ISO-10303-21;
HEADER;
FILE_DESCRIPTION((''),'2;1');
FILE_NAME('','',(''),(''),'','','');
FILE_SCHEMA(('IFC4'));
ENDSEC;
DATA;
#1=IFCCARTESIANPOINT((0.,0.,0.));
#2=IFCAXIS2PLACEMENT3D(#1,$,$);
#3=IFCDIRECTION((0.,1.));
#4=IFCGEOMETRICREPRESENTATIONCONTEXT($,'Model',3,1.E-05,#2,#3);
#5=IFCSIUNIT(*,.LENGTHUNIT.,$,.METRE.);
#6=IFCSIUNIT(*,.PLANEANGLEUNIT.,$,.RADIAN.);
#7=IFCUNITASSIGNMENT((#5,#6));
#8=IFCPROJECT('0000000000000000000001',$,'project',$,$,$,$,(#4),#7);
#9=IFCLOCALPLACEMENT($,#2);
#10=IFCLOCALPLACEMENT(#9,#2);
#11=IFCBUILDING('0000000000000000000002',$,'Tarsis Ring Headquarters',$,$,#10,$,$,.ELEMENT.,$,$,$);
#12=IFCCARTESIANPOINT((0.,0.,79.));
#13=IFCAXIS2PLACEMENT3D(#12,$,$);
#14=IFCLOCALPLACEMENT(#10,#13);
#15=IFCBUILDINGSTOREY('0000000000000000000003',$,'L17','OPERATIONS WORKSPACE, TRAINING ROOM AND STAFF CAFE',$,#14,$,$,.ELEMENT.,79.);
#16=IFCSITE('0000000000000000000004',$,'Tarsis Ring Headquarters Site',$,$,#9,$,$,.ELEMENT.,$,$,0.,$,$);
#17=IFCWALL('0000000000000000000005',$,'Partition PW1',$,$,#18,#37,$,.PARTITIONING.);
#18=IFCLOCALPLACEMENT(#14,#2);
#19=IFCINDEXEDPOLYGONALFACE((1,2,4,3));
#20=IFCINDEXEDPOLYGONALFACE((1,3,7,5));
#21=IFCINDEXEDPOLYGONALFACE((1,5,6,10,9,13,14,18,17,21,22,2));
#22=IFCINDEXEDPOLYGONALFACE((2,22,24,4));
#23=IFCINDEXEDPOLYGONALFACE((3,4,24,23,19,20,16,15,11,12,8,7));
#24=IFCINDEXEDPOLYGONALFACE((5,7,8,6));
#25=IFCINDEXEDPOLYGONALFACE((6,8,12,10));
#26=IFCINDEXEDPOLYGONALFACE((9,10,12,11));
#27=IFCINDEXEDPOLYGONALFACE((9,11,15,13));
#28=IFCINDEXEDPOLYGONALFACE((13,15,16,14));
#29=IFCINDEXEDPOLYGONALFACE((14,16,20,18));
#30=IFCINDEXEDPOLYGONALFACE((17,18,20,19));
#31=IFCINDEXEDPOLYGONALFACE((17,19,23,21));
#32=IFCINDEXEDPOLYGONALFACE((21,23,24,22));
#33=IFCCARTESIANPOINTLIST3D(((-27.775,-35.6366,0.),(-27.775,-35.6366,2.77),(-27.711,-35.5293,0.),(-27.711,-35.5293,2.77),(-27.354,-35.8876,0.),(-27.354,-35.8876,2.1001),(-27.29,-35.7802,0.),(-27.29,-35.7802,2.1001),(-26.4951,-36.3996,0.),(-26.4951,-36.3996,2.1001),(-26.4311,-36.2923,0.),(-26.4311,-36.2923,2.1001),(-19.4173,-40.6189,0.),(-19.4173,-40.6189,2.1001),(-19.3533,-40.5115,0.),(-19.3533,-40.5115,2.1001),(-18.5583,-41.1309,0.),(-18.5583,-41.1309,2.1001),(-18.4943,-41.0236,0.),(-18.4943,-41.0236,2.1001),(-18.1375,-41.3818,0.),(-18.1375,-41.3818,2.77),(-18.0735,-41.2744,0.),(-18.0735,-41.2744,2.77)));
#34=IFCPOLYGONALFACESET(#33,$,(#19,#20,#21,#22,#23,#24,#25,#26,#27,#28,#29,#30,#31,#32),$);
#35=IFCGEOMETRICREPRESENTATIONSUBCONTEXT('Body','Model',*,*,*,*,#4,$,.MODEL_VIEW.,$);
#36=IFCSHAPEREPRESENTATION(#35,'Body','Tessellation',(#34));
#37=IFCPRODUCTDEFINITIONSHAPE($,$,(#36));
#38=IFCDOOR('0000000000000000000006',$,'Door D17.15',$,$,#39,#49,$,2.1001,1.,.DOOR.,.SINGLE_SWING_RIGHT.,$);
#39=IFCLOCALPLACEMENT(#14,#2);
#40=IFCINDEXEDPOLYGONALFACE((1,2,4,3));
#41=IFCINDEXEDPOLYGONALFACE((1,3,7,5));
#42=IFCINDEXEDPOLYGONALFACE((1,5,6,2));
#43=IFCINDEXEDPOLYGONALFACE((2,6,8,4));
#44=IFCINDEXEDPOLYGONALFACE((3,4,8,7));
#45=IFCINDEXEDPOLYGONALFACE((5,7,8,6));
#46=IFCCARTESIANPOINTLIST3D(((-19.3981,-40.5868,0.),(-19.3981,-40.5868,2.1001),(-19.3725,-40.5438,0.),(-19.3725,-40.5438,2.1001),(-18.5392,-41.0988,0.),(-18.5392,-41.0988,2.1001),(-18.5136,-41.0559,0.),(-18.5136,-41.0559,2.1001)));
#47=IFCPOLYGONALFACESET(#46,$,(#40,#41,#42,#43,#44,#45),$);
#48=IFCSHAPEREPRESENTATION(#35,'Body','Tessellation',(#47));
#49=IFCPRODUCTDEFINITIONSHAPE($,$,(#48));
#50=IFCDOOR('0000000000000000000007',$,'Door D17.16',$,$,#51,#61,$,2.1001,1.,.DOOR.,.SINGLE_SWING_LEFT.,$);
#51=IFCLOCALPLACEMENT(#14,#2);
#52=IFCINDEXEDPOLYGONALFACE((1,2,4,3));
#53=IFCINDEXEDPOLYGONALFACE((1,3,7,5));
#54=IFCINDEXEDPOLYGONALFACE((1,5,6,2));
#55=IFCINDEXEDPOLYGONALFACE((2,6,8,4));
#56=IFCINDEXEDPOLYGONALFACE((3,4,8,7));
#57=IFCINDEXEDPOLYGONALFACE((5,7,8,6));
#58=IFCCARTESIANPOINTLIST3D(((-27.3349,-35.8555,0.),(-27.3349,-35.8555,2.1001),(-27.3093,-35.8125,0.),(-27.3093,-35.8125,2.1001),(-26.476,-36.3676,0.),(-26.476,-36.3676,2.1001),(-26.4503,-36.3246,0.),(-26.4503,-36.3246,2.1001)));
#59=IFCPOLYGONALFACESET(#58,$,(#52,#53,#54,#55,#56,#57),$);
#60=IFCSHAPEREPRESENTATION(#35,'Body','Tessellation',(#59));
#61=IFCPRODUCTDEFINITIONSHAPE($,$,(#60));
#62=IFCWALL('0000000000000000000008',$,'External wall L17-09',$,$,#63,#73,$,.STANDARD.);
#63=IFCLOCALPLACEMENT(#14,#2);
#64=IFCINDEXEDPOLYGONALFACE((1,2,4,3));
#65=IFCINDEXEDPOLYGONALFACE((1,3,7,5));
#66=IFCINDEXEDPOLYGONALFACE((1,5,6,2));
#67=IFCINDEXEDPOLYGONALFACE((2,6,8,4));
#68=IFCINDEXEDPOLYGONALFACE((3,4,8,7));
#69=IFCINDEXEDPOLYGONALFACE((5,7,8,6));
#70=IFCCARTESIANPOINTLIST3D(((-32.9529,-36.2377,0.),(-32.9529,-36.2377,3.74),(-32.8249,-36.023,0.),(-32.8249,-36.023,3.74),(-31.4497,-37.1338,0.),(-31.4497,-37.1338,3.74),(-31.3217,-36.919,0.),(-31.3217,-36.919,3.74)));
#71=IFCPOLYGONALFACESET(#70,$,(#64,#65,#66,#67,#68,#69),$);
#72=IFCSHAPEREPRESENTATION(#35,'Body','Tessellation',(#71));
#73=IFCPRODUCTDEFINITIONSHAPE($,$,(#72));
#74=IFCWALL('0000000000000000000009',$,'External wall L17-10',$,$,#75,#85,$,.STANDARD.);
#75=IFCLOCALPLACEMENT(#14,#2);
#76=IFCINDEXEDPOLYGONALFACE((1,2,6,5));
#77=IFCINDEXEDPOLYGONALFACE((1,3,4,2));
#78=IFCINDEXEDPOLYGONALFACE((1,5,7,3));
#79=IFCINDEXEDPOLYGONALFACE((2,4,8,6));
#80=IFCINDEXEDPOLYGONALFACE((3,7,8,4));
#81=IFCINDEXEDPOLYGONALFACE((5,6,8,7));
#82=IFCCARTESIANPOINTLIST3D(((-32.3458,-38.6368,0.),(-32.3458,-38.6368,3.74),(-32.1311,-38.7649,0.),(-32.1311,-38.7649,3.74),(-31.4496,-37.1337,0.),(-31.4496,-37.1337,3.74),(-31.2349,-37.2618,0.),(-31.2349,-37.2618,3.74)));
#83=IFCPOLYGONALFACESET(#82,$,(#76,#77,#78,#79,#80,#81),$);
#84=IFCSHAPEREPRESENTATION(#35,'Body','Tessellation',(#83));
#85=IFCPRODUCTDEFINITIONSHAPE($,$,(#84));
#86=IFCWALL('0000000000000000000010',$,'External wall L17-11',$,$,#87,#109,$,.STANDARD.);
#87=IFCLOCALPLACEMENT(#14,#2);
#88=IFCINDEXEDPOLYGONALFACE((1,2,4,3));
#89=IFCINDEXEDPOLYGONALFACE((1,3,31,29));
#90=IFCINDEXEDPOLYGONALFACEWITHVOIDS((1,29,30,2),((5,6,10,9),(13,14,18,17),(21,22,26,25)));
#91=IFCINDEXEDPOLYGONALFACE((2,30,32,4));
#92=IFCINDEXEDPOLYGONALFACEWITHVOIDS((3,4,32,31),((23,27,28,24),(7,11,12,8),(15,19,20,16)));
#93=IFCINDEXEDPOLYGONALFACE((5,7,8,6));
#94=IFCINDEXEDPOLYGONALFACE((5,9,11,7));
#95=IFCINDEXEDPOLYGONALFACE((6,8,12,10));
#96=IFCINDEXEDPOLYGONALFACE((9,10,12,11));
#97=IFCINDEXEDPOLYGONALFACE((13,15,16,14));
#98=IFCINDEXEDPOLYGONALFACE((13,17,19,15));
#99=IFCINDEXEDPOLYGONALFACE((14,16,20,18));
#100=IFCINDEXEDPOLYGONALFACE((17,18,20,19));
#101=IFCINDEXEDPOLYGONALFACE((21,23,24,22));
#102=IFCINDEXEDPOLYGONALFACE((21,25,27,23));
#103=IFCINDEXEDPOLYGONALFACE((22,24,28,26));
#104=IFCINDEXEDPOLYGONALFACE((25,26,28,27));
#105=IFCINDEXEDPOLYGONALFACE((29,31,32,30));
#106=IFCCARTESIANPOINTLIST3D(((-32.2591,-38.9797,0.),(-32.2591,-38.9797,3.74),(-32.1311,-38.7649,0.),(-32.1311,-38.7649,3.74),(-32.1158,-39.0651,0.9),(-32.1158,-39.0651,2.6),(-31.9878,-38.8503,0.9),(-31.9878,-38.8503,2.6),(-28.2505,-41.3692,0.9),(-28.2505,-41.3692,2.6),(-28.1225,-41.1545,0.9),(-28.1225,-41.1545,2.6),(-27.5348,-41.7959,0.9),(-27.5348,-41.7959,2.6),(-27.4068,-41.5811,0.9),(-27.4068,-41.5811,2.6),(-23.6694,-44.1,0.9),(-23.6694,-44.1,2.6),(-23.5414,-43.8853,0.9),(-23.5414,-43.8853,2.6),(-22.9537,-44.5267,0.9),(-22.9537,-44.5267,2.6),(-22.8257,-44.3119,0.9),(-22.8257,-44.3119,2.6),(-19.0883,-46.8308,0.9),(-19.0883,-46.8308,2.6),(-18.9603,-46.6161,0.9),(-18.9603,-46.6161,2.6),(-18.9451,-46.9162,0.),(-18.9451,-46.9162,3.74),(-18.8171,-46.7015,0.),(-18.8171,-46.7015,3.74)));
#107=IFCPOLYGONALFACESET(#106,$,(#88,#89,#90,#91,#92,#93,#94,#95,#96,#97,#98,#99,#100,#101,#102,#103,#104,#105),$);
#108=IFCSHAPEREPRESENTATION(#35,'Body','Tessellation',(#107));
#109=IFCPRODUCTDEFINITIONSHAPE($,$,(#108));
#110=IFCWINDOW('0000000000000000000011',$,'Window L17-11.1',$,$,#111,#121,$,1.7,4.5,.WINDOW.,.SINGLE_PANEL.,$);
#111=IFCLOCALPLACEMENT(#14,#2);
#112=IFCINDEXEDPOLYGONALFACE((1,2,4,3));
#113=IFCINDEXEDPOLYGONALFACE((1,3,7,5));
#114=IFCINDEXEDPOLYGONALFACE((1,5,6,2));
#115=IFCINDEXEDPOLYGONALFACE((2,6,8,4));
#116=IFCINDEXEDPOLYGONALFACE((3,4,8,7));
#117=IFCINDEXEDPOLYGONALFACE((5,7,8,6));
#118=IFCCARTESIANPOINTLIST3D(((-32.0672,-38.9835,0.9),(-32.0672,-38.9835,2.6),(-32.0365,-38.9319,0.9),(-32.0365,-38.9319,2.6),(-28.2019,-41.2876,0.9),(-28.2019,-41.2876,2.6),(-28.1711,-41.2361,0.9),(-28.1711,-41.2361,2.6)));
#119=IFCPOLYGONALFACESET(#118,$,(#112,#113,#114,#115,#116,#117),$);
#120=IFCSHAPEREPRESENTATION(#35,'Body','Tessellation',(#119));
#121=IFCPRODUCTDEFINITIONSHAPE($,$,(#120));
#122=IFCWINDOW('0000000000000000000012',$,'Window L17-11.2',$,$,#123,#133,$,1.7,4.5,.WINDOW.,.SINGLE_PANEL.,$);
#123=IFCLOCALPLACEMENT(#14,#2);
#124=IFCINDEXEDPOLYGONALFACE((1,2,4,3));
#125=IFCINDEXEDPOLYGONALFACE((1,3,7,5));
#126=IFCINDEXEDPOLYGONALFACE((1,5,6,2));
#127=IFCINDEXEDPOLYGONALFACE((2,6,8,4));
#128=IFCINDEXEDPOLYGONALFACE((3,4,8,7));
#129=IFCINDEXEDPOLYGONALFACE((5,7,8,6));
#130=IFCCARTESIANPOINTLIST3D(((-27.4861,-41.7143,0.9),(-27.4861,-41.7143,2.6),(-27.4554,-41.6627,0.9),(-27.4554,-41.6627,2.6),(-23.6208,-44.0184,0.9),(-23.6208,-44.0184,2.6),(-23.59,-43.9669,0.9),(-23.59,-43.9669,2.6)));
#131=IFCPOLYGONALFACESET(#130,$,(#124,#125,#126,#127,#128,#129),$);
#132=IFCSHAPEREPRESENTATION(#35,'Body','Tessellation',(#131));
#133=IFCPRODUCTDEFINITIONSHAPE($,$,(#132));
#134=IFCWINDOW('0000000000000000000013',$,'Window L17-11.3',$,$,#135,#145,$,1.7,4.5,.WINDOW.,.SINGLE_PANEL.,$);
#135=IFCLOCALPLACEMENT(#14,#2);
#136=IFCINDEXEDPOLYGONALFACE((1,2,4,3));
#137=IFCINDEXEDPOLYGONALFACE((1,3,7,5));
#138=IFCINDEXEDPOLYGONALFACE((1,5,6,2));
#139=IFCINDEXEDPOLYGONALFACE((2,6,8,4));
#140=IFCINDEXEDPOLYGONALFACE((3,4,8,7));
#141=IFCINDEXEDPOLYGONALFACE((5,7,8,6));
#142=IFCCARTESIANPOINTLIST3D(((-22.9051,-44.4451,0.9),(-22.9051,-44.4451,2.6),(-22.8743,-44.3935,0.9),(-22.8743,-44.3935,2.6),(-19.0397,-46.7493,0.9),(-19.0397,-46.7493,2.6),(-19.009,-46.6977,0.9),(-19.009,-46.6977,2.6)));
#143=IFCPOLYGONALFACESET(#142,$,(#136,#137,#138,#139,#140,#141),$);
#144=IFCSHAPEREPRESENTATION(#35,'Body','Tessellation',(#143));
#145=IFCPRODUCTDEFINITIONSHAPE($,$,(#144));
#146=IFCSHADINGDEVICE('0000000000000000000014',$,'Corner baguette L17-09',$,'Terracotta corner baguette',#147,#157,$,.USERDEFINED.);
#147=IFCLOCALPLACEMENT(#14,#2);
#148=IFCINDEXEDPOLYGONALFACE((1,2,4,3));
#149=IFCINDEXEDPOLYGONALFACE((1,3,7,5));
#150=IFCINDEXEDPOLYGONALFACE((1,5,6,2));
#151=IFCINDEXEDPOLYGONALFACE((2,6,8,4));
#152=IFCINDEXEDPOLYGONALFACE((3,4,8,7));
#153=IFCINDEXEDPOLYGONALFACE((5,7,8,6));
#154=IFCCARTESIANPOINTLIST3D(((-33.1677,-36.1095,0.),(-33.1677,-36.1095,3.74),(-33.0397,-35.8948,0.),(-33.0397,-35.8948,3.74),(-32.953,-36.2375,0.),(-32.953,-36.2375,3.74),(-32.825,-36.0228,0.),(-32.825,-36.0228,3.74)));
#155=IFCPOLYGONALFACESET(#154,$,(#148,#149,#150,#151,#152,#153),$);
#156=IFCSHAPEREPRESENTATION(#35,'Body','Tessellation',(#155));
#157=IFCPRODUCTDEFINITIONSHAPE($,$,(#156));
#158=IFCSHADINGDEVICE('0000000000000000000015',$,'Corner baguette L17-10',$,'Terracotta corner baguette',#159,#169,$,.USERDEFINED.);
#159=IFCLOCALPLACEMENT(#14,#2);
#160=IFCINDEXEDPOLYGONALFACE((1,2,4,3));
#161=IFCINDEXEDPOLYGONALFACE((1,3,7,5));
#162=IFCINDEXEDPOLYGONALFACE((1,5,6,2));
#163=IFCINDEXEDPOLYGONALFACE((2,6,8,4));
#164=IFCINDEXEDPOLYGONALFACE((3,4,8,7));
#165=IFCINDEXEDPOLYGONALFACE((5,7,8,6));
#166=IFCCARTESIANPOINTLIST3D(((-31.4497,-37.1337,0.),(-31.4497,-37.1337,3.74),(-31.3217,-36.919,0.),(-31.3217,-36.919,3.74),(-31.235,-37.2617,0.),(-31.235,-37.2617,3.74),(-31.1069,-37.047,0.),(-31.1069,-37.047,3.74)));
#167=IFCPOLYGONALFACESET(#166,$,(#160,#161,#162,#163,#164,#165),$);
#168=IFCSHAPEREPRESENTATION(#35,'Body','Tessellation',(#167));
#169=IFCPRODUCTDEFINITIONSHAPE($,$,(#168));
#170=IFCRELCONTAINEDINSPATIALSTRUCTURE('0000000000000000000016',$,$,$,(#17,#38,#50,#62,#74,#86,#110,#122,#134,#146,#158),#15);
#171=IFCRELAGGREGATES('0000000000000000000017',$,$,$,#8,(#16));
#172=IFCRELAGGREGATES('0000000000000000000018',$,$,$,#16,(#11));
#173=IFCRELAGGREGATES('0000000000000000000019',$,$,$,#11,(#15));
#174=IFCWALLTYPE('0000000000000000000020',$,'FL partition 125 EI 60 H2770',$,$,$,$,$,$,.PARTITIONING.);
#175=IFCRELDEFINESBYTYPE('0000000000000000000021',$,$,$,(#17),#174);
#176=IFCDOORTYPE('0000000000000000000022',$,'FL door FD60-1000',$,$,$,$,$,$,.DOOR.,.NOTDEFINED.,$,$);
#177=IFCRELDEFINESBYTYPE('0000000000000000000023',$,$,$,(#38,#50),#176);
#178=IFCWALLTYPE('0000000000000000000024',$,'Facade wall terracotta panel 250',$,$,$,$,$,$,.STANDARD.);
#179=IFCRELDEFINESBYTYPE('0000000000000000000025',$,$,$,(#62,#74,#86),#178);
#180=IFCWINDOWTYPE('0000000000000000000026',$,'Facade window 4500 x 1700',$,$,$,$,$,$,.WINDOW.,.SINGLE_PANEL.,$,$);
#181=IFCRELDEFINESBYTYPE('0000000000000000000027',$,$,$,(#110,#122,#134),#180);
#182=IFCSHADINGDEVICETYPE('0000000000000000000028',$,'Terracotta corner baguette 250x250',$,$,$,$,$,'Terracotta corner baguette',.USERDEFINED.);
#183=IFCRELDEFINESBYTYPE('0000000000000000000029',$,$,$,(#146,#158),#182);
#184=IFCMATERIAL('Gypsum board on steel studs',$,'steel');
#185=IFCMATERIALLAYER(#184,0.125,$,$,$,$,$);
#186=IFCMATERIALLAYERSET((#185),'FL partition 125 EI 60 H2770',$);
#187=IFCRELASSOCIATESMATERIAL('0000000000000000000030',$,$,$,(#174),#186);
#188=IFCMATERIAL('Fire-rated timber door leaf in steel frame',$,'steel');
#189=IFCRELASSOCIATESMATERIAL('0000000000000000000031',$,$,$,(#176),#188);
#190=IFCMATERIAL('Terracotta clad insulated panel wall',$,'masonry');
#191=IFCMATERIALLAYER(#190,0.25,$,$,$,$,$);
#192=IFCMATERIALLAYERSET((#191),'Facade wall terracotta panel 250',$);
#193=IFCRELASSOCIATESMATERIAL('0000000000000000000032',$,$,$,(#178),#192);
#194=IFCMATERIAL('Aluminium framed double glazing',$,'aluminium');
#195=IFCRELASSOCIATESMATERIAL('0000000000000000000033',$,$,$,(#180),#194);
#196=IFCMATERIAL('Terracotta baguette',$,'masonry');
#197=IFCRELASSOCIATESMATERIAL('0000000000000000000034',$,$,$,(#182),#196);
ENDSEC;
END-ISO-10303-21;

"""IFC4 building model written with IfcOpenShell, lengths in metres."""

from ifc_helpers import new_model, si_unit, direction, frame, frame_2d, origin, origin_2d, place, context, subcontext, project, spatial, rectangle, extrude, material, layer, layer_set, type_object, element, fill, save


model = new_model("IFC4")

# Units and contexts
model_context = context("Model", 3, precision=1e-05, world=origin(), true_north=direction((0.0, 1.0)))
body_context = subcontext(model_context, "Body", "Model", "MODEL_VIEW")
ifc_project = project(units=[si_unit("LENGTHUNIT", "METRE"), si_unit("PLANEANGLEUNIT", "RADIAN")], contexts=[model_context])

# Site, building, storey
site_placement = place(None, origin())
site = spatial("IfcSite", under=ifc_project, at=site_placement, Name="Tarsis Ring Headquarters Site", CompositionType="ELEMENT", RefElevation=0.0)
building_placement = place(site_placement, origin())
building = spatial("IfcBuilding", under=site, at=building_placement, Name="Tarsis Ring Headquarters", CompositionType="ELEMENT")
storey_placement = place(building_placement, frame((0.0, 0.0, 79.0)))
storey = spatial("IfcBuildingStorey", under=building, at=storey_placement, Name="L17", Description="OPERATIONS WORKSPACE, TRAINING ROOM AND STAFF CAFE", CompositionType="ELEMENT", Elevation=79.0)

# Shared definitions
ifc_material_1 = material(Name="Gypsum board on steel studs", Category="steel")

# Shared definitions
ifc_layer_1 = layer(ifc_material_1, 0.125)
ifc_layer_set_1 = layer_set([ifc_layer_1], Name="FL partition 125 EI 60 H2770")
wall_type_1 = type_object("IfcWallType", Name="FL partition 125 EI 60 H2770", PredefinedType="PARTITIONING", material=ifc_layer_set_1)
ifc_material_2 = material(Name="Fire-rated timber door leaf in steel frame", Category="steel")
door_type_1 = type_object("IfcDoorType", Name="FL door FD60-1000", OperationType="NOTDEFINED", PredefinedType="DOOR", material=ifc_material_2)

# Wall, openings, doors
wall_1_placement = place(storey_placement, frame((-27.7429, -35.583, 0.0), z_axis=(0.0, 0.0, 1.0), x_axis=(0.858958, -0.512046, 0.0)))
wall_1 = element("IfcWall", 1, at=wall_1_placement, inside=storey, type_object=wall_type_1, Name="Partition PW1", PredefinedType="PARTITIONING", context=body_context, shape_type="SweptSolid", body=[
    extrude(rectangle(XDim=11.22, YDim=0.125, at=frame_2d((5.6099, 0.0))), origin(), (0.0, 0.0, 1.0), 2.77),
])
opening_1_placement = place(wall_1_placement, frame((9.73, 0.0, 0.0)))
opening_1 = element("IfcOpeningElement", 2, at=opening_1_placement, cuts=wall_1, PredefinedType="OPENING", context=body_context, shape_type="SweptSolid", body=[
    extrude(rectangle(XDim=1.0, YDim=2.1001, at=frame_2d((0.5, 1.05))), frame((0.0, 0.0725, 0.0), z_axis=(0.0, -1.0, 0.0), x_axis=(1.0, 0.0, 0.0)), (0.0, 0.0, 1.0), 0.145),
])
opening_2_placement = place(wall_1_placement, frame((0.49, 0.0, 0.0)))
opening_2 = element("IfcOpeningElement", 3, at=opening_2_placement, cuts=wall_1, PredefinedType="OPENING", context=body_context, shape_type="SweptSolid", body=[
    extrude(rectangle(XDim=1.0, YDim=2.1001, at=frame_2d((0.5, 1.05))), frame((0.0, 0.0725, 0.0), z_axis=(0.0, -1.0, 0.0), x_axis=(1.0, 0.0, 0.0)), (0.0, 0.0, 1.0), 0.145),
])
door_1_placement = place(opening_1_placement, origin())
door_1 = element("IfcDoor", 4, at=door_1_placement, inside=storey, type_object=door_type_1, Name="Door D17.15", OperationType="SINGLE_SWING_RIGHT", OverallHeight=2.1001, OverallWidth=1.0, PredefinedType="DOOR", context=body_context, shape_type="SweptSolid", body=[
    extrude(rectangle(XDim=1.0, YDim=2.1001, at=frame_2d((0.5, 1.05))), frame((0.0, 0.0249, 0.0), z_axis=(0.0, -1.0, 0.0), x_axis=(1.0, 0.0, 0.0)), (0.0, 0.0, 1.0), 0.05),
])
fill(opening_1, door_1)
door_2_placement = place(opening_2_placement, origin())
door_2 = element("IfcDoor", 5, at=door_2_placement, inside=storey, type_object=door_type_1, Name="Door D17.16", OperationType="SINGLE_SWING_LEFT", OverallHeight=2.1001, OverallWidth=1.0, PredefinedType="DOOR", context=body_context, shape_type="SweptSolid", body=[
    extrude(rectangle(XDim=1.0, YDim=2.1001, at=frame_2d((0.5, 1.05))), frame((0.0, 0.0249, 0.0), z_axis=(0.0, -1.0, 0.0), x_axis=(1.0, 0.0, 0.0)), (0.0, 0.0, 1.0), 0.05),
])
fill(opening_2, door_2)

# Walls
ifc_material_3 = material(Name="Terracotta clad insulated panel wall", Category="masonry")
ifc_layer_2 = layer(ifc_material_3, 0.25)
ifc_layer_set_2 = layer_set([ifc_layer_2], Name="Facade wall terracotta panel 250")
wall_type_2 = type_object("IfcWallType", Name="Facade wall terracotta panel 250", PredefinedType="STANDARD", material=ifc_layer_set_2)
for number, where, z_axis, x_axis, name in (
    (6, (-32.8889, -36.1304, 0.0), (0.0, 0.0, 1.0), (0.858979, -0.512011, 0.0), "External wall L17-09"),
    (7, (-31.3423, -37.1978, 0.0), (0.0, 0.0, 1.0), (-0.512114, -0.858917, 0.0), "External wall L17-10"),
):
    element("IfcWall", number, at=place(storey_placement, frame(where, z_axis=z_axis, x_axis=x_axis)), inside=storey, type_object=wall_type_2, Name=name, PredefinedType="STANDARD", context=body_context, shape_type="SweptSolid", body=[
        extrude(rectangle(XDim=1.75, YDim=0.25, at=frame_2d((0.875, 0.0))), origin(), (0.0, 0.0, 1.0), 3.74),
    ])

# Wall, openings, windows
wall_2_placement = place(storey_placement, frame((-32.1951, -38.8723, 0.0), z_axis=(0.0, 0.0, 1.0), x_axis=(0.858965, -0.512034, 0.0)))
wall_2 = element("IfcWall", 8, at=wall_2_placement, inside=storey, type_object=wall_type_2, Name="External wall L17-11", PredefinedType="STANDARD", context=body_context, shape_type="SweptSolid", body=[
    extrude(rectangle(XDim=15.5, YDim=0.25, at=frame_2d((7.75, 0.0))), origin(), (0.0, 0.0, 1.0), 3.74),
])
opening_3_placement = place(wall_2_placement, frame((0.1667, 0.0, 0.8999)))
opening_3 = element("IfcOpeningElement", 9, at=opening_3_placement, cuts=wall_2, PredefinedType="OPENING", context=body_context, shape_type="SweptSolid", body=[
    extrude(rectangle(XDim=4.5, YDim=1.7, at=frame_2d((2.25, 0.8501))), frame((0.0, 0.135, 0.0), z_axis=(0.0, -1.0, 0.0), x_axis=(1.0, 0.0, 0.0)), (0.0, 0.0, 1.0), 0.27),
])
opening_4_placement = place(wall_2_placement, frame((5.5, 0.0, 0.8999)))
opening_4 = element("IfcOpeningElement", 10, at=opening_4_placement, cuts=wall_2, PredefinedType="OPENING", context=body_context, shape_type="SweptSolid", body=[
    extrude(rectangle(XDim=4.5, YDim=1.7, at=frame_2d((2.25, 0.8501))), frame((0.0, 0.135, 0.0), z_axis=(0.0, -1.0, 0.0), x_axis=(1.0, 0.0, 0.0)), (0.0, 0.0, 1.0), 0.27),
])
opening_5_placement = place(wall_2_placement, frame((10.8333, 0.0, 0.8999)))
opening_5 = element("IfcOpeningElement", 11, at=opening_5_placement, cuts=wall_2, PredefinedType="OPENING", context=body_context, shape_type="SweptSolid", body=[
    extrude(rectangle(XDim=4.5, YDim=1.7, at=frame_2d((2.25, 0.8501))), frame((0.0, 0.135, 0.0), z_axis=(0.0, -1.0, 0.0), x_axis=(1.0, 0.0, 0.0)), (0.0, 0.0, 1.0), 0.27),
])
ifc_material_4 = material(Name="Aluminium framed double glazing", Category="aluminium")
window_type = type_object("IfcWindowType", Name="Facade window 4500 x 1700", PartitioningType="SINGLE_PANEL", PredefinedType="WINDOW", material=ifc_material_4)
window_1_placement = place(opening_3_placement, origin())
window_1 = element("IfcWindow", 12, at=window_1_placement, inside=storey, type_object=window_type, Name="Window L17-11.1", OverallHeight=1.7, OverallWidth=4.5, PartitioningType="SINGLE_PANEL", PredefinedType="WINDOW", context=body_context, shape_type="SweptSolid", body=[
    extrude(rectangle(XDim=4.5, YDim=1.7, at=frame_2d((2.25, 0.8501))), frame((0.0, 0.03, 0.0), z_axis=(0.0, -1.0, 0.0), x_axis=(1.0, 0.0, 0.0)), (0.0, 0.0, 1.0), 0.0601),
])
fill(opening_3, window_1)
window_2_placement = place(opening_4_placement, origin())
window_2 = element("IfcWindow", 13, at=window_2_placement, inside=storey, type_object=window_type, Name="Window L17-11.2", OverallHeight=1.7, OverallWidth=4.5, PartitioningType="SINGLE_PANEL", PredefinedType="WINDOW", context=body_context, shape_type="SweptSolid", body=[
    extrude(rectangle(XDim=4.5, YDim=1.7, at=frame_2d((2.25, 0.8501))), frame((0.0, 0.03, 0.0), z_axis=(0.0, -1.0, 0.0), x_axis=(1.0, 0.0, 0.0)), (0.0, 0.0, 1.0), 0.0601),
])
fill(opening_4, window_2)
window_3_placement = place(opening_5_placement, origin())
window_3 = element("IfcWindow", 14, at=window_3_placement, inside=storey, type_object=window_type, Name="Window L17-11.3", OverallHeight=1.7, OverallWidth=4.5, PartitioningType="SINGLE_PANEL", PredefinedType="WINDOW", context=body_context, shape_type="SweptSolid", body=[
    extrude(rectangle(XDim=4.5, YDim=1.7, at=frame_2d((2.25, 0.8501))), frame((0.0, 0.03, 0.0), z_axis=(0.0, -1.0, 0.0), x_axis=(1.0, 0.0, 0.0)), (0.0, 0.0, 1.0), 0.0601),
])
fill(opening_5, window_3)

# Shading devices
ifc_material_5 = material(Name="Terracotta baguette", Category="masonry")
shading_device_type_1 = type_object("IfcShadingDeviceType", Name="Terracotta corner baguette 250x250", ElementType="Terracotta corner baguette", PredefinedType="USERDEFINED", material=ifc_material_5)
for number, where, z_axis, x_axis, name in (
    (15, (-32.9963, -36.0662, 0.0), (0.0, 0.0, 1.0), (-0.512043, -0.85896, 0.0), "Corner baguette L17-09"),
    (16, (-31.2783, -37.0903, 0.0), (0.0, 0.0, 1.0), (0.85896, -0.512043, 0.0), "Corner baguette L17-10"),
):
    element("IfcShadingDevice", number, at=place(storey_placement, frame(where, z_axis=z_axis, x_axis=x_axis)), inside=storey, type_object=shading_device_type_1, Name=name, ObjectType="Terracotta corner baguette", PredefinedType="USERDEFINED", context=body_context, shape_type="SweptSolid", body=[
        extrude(rectangle(XDim=0.25, YDim=0.25, at=origin_2d()), origin(), (0.0, 0.0, 1.0), 3.74),
    ])

save(model, "model.ifc")
